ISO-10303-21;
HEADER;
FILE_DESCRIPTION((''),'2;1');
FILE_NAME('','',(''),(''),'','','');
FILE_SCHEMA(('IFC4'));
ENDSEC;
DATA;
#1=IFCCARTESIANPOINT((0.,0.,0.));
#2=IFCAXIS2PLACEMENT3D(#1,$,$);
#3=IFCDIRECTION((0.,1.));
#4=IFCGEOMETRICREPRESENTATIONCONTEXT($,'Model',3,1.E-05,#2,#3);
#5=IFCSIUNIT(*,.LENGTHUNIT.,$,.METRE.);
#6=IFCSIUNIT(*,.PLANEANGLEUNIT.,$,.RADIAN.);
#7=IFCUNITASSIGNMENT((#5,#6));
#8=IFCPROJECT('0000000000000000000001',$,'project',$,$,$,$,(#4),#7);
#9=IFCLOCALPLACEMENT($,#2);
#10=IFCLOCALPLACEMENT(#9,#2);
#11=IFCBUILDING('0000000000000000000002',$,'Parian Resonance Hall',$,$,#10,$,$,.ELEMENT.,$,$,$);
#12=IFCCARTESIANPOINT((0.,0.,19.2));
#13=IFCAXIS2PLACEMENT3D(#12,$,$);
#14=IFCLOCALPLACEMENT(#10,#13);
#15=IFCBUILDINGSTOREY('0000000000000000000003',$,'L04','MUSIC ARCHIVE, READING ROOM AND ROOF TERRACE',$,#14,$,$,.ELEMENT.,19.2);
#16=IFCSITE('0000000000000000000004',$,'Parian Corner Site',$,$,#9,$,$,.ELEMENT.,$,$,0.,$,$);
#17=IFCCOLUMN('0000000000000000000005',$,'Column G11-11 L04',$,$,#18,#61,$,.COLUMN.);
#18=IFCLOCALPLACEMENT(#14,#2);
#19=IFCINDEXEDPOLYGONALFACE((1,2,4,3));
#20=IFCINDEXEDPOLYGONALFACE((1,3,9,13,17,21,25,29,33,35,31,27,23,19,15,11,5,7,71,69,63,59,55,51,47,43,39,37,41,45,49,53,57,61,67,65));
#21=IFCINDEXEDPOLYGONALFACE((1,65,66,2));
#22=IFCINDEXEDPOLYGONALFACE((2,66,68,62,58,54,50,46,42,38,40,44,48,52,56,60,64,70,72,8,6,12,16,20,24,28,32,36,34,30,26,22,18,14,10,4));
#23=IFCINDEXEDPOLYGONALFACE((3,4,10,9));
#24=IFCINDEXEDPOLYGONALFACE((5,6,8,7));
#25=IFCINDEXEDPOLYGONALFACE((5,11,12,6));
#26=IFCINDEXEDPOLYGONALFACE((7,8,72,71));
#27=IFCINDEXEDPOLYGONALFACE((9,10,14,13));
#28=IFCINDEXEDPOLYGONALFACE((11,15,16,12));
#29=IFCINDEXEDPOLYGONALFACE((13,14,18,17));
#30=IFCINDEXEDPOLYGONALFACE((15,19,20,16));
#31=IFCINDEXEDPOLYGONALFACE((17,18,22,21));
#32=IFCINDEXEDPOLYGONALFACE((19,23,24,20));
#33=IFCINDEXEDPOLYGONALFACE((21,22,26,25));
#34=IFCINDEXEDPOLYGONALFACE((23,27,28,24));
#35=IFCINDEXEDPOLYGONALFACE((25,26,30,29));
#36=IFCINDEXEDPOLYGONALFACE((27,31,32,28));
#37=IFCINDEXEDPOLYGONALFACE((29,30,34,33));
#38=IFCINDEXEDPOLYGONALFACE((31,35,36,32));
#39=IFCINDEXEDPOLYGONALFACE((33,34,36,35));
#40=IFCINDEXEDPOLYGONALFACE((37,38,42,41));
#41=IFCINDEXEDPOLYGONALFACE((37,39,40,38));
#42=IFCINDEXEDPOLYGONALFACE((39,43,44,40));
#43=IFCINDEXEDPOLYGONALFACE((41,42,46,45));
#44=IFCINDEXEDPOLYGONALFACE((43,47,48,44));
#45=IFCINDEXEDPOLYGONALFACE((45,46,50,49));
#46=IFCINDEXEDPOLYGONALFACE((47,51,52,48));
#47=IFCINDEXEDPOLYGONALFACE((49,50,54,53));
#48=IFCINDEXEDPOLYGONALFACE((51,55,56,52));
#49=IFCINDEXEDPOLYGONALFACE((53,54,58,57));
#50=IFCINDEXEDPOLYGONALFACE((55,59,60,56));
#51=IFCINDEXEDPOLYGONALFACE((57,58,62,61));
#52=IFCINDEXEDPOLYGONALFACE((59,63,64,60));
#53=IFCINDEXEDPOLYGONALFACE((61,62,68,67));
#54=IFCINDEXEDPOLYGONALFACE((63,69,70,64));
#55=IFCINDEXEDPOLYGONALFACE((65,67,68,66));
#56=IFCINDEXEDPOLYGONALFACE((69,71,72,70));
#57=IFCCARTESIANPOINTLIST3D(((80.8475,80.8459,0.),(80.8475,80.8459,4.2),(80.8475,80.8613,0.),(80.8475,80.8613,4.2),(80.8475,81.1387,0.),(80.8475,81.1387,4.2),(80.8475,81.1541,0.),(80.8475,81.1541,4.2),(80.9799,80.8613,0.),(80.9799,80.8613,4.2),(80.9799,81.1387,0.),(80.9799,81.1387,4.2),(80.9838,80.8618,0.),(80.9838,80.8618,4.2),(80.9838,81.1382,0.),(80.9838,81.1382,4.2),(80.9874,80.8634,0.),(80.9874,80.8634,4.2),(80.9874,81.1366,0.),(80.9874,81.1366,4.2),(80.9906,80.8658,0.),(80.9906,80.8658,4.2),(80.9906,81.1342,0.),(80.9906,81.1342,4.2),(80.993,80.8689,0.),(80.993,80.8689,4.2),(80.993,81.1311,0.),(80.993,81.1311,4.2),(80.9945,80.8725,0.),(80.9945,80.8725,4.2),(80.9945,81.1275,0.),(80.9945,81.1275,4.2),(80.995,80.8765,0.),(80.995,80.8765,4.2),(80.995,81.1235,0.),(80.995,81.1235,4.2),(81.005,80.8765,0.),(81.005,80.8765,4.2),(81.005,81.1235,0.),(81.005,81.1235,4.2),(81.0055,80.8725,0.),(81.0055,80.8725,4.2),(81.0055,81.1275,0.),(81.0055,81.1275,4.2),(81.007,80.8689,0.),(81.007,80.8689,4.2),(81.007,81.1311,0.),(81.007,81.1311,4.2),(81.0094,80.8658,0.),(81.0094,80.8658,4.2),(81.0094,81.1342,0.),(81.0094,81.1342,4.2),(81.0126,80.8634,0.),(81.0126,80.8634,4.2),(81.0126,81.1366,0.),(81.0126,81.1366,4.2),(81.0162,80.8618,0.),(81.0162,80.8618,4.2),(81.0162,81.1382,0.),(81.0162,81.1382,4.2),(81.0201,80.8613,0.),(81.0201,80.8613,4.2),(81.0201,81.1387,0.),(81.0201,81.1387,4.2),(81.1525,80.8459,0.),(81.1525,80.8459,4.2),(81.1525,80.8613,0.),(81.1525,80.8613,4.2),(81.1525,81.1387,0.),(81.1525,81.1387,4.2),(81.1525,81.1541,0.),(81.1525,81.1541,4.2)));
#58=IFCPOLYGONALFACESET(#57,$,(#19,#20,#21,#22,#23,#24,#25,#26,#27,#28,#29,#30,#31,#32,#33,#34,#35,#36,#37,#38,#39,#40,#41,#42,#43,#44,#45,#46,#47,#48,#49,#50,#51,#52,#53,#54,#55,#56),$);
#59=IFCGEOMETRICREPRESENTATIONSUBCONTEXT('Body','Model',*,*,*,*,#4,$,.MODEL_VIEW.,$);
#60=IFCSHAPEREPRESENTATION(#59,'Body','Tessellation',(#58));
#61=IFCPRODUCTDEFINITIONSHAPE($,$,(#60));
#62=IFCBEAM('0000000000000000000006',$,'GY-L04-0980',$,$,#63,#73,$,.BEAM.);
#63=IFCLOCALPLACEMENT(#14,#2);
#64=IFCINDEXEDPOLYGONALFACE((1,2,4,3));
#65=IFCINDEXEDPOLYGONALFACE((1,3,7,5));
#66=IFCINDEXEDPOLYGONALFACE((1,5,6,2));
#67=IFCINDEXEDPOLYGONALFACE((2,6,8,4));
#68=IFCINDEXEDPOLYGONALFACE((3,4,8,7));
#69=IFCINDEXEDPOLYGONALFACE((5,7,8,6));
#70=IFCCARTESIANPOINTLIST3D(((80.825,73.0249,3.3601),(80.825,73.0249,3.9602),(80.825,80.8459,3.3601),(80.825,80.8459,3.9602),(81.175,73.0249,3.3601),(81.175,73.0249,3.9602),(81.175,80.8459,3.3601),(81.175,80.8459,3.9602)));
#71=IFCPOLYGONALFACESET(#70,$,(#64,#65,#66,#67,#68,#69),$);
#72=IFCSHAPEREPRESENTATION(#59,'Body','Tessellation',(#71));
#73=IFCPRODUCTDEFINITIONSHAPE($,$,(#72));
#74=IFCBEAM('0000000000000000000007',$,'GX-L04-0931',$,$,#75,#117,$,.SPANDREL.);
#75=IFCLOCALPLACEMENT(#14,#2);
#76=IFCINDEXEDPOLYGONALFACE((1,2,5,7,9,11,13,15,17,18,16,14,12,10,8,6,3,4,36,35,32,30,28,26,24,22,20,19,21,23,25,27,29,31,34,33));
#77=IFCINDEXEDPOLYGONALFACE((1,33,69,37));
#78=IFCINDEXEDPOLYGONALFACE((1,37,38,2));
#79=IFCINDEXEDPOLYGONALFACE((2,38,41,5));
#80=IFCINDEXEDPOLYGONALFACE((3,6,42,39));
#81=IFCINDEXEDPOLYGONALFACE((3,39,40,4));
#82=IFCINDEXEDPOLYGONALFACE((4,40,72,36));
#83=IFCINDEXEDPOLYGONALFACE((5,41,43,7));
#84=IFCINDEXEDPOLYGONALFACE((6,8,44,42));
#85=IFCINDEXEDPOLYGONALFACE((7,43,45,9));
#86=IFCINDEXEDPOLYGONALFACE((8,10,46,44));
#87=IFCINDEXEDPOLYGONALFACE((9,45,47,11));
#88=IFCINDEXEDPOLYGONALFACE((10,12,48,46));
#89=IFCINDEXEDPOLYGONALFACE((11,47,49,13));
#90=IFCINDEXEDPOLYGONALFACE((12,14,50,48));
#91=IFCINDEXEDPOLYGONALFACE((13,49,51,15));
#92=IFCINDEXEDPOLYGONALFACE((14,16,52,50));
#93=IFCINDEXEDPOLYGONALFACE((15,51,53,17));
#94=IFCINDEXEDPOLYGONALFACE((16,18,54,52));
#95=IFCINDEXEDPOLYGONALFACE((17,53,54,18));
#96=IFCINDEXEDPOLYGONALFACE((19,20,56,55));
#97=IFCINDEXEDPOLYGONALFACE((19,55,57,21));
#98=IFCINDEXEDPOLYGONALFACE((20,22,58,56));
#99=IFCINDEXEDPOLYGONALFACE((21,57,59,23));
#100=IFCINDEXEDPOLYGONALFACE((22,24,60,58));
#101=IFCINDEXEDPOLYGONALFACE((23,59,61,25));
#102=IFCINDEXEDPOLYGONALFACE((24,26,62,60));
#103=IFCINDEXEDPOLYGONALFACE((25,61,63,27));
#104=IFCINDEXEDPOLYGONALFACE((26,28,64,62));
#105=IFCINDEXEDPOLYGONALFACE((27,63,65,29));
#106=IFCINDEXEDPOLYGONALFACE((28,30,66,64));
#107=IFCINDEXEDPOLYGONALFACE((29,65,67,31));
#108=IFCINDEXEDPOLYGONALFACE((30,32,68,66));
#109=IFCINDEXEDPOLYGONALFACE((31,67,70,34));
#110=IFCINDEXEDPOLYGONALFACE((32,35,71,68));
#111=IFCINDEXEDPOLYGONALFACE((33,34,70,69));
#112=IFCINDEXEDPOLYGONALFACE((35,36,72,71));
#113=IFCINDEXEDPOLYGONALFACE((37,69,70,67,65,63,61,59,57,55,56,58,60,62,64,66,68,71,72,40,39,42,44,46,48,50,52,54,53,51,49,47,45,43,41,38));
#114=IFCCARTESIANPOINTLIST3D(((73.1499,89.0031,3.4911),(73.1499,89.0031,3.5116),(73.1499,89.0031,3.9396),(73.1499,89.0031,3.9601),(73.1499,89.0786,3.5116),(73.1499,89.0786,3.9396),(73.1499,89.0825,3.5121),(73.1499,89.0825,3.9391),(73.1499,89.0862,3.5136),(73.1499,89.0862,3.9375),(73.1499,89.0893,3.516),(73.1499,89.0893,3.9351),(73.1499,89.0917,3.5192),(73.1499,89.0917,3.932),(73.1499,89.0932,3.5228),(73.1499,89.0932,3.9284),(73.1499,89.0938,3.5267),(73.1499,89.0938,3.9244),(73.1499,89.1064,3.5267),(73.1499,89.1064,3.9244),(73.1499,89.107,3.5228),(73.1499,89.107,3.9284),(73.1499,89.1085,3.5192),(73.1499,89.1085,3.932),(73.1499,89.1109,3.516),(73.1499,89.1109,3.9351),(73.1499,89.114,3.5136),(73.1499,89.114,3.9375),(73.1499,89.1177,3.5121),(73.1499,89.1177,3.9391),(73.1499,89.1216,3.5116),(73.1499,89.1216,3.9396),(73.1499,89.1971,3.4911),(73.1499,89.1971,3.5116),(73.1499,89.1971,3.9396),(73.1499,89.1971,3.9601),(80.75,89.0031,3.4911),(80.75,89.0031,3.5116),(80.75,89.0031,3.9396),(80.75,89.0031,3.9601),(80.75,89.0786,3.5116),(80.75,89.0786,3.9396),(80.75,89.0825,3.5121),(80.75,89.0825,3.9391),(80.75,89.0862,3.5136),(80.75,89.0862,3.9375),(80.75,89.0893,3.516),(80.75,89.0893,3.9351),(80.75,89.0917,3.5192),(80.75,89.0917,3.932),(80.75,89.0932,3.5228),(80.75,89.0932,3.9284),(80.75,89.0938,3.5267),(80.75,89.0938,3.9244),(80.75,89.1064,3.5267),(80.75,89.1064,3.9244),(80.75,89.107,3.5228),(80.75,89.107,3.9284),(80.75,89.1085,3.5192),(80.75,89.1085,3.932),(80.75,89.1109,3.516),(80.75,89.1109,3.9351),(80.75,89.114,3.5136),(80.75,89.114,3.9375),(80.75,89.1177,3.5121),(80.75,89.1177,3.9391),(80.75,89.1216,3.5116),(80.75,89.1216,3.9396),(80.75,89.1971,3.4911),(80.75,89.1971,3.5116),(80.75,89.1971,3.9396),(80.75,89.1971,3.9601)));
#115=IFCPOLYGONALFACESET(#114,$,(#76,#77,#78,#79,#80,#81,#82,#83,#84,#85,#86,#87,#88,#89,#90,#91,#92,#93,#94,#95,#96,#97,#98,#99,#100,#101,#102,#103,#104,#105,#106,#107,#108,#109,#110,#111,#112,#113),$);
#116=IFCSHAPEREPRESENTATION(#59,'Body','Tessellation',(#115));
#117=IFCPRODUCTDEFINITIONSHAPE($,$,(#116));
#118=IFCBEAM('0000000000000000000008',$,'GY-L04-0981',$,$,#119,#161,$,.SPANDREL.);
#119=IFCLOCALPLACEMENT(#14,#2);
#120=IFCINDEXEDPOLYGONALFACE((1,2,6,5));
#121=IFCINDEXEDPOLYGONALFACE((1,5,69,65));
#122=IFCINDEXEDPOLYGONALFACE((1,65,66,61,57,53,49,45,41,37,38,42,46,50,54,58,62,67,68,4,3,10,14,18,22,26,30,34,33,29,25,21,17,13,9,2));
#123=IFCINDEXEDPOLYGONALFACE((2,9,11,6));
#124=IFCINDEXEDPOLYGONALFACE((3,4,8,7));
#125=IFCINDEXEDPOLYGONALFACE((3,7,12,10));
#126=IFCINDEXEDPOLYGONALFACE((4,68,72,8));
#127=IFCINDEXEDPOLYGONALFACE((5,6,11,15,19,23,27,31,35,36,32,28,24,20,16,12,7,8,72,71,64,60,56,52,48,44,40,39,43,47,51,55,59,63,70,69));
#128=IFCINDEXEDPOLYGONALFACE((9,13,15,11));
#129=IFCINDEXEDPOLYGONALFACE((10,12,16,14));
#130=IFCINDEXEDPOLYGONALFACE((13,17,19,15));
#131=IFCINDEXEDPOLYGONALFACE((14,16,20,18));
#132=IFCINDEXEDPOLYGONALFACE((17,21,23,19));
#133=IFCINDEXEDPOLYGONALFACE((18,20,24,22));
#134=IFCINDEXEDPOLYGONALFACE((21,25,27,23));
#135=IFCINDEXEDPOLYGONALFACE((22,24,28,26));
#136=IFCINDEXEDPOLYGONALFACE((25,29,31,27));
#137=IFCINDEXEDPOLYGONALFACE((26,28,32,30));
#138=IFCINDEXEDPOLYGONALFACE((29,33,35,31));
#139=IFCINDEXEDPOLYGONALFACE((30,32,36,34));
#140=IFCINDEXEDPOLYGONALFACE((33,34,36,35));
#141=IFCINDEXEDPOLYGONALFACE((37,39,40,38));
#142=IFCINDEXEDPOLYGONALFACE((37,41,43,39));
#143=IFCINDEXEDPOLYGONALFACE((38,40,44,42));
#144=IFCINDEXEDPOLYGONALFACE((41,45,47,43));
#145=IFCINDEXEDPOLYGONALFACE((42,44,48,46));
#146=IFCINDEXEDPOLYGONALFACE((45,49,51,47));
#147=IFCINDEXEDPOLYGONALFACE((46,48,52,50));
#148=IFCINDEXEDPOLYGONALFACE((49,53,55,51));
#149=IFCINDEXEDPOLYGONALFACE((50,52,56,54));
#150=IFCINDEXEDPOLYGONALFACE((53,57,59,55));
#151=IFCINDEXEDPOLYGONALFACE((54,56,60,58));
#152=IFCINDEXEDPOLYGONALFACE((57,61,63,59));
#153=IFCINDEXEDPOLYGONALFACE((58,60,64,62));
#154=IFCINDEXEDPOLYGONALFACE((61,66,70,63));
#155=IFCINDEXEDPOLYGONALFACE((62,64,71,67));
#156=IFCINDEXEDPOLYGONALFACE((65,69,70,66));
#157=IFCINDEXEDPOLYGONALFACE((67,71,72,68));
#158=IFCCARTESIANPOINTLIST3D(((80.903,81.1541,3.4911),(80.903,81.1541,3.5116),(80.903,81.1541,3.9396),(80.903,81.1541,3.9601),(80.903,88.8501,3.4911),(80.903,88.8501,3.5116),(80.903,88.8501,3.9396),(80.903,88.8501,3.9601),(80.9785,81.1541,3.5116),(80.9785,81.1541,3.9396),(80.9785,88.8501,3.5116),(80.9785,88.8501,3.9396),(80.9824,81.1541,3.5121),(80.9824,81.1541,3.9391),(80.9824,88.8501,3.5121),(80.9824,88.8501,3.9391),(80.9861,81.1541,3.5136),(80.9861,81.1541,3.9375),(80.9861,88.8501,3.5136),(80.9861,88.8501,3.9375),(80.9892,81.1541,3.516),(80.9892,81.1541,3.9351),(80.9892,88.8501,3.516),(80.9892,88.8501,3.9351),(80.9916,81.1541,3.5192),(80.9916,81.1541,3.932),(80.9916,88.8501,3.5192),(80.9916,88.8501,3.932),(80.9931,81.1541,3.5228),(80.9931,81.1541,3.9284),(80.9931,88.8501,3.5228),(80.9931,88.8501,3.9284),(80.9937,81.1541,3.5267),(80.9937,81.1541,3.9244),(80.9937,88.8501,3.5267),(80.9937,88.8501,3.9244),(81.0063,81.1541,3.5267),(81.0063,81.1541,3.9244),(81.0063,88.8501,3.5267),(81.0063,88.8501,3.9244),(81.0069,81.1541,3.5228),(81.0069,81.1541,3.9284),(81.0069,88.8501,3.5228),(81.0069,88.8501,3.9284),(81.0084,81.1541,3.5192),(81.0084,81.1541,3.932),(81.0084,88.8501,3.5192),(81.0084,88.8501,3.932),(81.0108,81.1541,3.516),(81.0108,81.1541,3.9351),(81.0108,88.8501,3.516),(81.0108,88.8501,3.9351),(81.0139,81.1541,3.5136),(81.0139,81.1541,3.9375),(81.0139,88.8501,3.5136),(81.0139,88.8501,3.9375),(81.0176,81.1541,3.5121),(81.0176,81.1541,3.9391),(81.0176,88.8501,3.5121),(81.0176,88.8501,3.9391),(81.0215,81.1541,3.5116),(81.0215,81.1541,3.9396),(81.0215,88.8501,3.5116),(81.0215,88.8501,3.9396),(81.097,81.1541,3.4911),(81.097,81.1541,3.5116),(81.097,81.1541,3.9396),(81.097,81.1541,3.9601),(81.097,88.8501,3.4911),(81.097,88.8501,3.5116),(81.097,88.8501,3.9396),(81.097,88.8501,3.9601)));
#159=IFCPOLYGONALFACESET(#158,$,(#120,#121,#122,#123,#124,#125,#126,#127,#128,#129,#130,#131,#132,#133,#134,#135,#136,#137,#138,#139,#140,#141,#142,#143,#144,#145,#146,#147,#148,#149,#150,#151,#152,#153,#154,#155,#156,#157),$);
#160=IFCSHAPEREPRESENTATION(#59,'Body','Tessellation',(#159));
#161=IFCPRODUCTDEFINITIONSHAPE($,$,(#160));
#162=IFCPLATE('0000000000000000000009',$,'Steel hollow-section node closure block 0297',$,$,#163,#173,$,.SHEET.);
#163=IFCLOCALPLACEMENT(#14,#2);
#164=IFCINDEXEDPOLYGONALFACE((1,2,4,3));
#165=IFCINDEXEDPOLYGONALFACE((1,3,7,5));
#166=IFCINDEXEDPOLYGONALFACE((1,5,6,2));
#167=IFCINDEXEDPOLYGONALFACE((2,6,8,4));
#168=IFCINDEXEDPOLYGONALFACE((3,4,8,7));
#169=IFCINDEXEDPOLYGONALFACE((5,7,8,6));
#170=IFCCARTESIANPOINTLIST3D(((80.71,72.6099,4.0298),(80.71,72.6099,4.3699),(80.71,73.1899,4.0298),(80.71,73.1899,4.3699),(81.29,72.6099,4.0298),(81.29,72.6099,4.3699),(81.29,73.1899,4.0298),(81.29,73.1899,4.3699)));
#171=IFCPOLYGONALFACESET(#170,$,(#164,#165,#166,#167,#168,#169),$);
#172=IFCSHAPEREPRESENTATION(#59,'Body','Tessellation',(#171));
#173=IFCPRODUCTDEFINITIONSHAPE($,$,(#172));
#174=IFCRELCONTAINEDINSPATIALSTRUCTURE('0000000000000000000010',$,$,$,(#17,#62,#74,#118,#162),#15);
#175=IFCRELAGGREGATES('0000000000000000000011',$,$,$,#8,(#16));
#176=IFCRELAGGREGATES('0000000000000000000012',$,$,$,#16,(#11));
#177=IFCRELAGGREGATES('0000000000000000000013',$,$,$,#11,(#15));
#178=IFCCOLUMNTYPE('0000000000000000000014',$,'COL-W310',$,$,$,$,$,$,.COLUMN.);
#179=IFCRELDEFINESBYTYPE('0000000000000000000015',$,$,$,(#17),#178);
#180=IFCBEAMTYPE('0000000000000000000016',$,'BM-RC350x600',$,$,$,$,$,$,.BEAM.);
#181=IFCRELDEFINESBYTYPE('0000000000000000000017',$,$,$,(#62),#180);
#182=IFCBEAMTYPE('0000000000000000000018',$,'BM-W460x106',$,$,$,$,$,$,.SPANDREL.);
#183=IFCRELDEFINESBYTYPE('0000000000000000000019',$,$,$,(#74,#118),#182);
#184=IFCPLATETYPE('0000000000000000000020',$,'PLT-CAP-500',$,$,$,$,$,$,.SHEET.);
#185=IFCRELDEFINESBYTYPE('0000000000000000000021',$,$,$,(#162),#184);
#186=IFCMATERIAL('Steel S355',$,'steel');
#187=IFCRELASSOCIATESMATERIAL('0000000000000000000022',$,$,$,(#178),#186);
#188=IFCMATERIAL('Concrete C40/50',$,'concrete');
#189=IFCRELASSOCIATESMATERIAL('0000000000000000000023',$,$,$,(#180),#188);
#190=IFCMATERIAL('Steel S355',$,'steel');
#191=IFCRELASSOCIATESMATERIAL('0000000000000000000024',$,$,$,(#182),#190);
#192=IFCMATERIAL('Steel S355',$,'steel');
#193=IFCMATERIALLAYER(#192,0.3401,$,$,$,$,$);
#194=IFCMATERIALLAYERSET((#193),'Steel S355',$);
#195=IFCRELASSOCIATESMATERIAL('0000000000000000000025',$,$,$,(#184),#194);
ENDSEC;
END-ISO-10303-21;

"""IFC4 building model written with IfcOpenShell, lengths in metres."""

from ifc_helpers import new_model, si_unit, direction, frame, origin, origin_2d, place, context, subcontext, project, spatial, rectangle, i_section, extrude, material, layer, layer_set, material_profile, profile_set, type_object, element, save


model = new_model("IFC4")

# Units and contexts
model_context = context("Model", 3, precision=1e-05, world=origin(), true_north=direction((0.0, 1.0)))
body_context = subcontext(model_context, "Body", "Model", "MODEL_VIEW")
ifc_project = project(units=[si_unit("LENGTHUNIT", "METRE"), si_unit("PLANEANGLEUNIT", "RADIAN")], contexts=[model_context])

# Site, building, storey
site_placement = place(None, origin())
site = spatial("IfcSite", under=ifc_project, at=site_placement, Name="Parian Corner Site", CompositionType="ELEMENT", RefElevation=0.0)
building_placement = place(site_placement, origin())
building = spatial("IfcBuilding", under=site, at=building_placement, Name="Parian Resonance Hall", CompositionType="ELEMENT")
storey_placement = place(building_placement, frame((0.0, 0.0, 19.2)))
storey = spatial("IfcBuildingStorey", under=building, at=storey_placement, Name="L04", Description="MUSIC ARCHIVE, READING ROOM AND ROOF TERRACE", CompositionType="ELEMENT", Elevation=19.2)

# Column
ifc_material_1 = material(Name="Steel S355", Category="steel")
ifc_material_profile_1 = material_profile(ifc_material_1, i_section(OverallWidth=0.3049, OverallDepth=0.3081, WebThickness=0.01, FlangeThickness=0.0154, FilletRadius=0.0151, at=origin_2d()), Name="W310x97")
ifc_profile_set_1 = profile_set([ifc_material_profile_1], Name="Steel S355")
column_type = type_object("IfcColumnType", Name="COL-W310", PredefinedType="COLUMN", material=ifc_profile_set_1)
column_placement = place(storey_placement, frame((81.0, 81.0, 0.0), z_axis=(0.0, 0.0, 1.0), x_axis=(1.0, 0.0, 0.0)))
element("IfcColumn", 1, at=column_placement, inside=storey, type_object=column_type, Name="Column G11-11 L04", PredefinedType="COLUMN", context=body_context, shape_type="SweptSolid", body=[
    extrude(i_section(OverallWidth=0.3049, OverallDepth=0.3081, WebThickness=0.01, FlangeThickness=0.0154, FilletRadius=0.0151, at=origin_2d()), origin(), (0.0, 0.0, 1.0), 4.2),
])

# Beams
ifc_material_2 = material(Name="Concrete C40/50", Category="concrete")
ifc_material_profile_2 = material_profile(ifc_material_2, rectangle(XDim=0.3501, YDim=0.6001, at=origin_2d()), Name="RC-BM-350x600")
ifc_profile_set_2 = profile_set([ifc_material_profile_2], Name="Concrete C40/50")
beam_type_1 = type_object("IfcBeamType", Name="BM-RC350x600", PredefinedType="BEAM", material=ifc_profile_set_2)
beam_1_placement = place(storey_placement, frame((81.0, 73.0249, 3.6602), z_axis=(0.0, 1.0, 0.0), x_axis=(-1.0, 0.0, 0.0)))
element("IfcBeam", 2, at=beam_1_placement, inside=storey, type_object=beam_type_1, Name="GY-L04-0980", PredefinedType="BEAM", context=body_context, shape_type="SweptSolid", body=[
    extrude(rectangle(XDim=0.3501, YDim=0.6001, at=origin_2d()), origin(), (0.0, 0.0, 1.0), 7.821),
])
ifc_material_3 = material(Name="Steel S355", Category="steel")
ifc_material_profile_3 = material_profile(ifc_material_3, i_section(OverallWidth=0.1941, OverallDepth=0.469, WebThickness=0.0127, FlangeThickness=0.0205, FilletRadius=0.0151, at=origin_2d()), Name="W460x106")
ifc_profile_set_3 = profile_set([ifc_material_profile_3], Name="Steel S355")
beam_type_2 = type_object("IfcBeamType", Name="BM-W460x106", PredefinedType="SPANDREL", material=ifc_profile_set_3)
beam_2_placement = place(storey_placement, frame((73.1499, 89.1001, 3.7256), z_axis=(1.0, 0.0, 0.0), x_axis=(0.0, 1.0, 0.0)))
element("IfcBeam", 3, at=beam_2_placement, inside=storey, type_object=beam_type_2, Name="GX-L04-0931", PredefinedType="SPANDREL", context=body_context, shape_type="SweptSolid", body=[
    extrude(i_section(OverallWidth=0.1941, OverallDepth=0.469, WebThickness=0.0127, FlangeThickness=0.0205, FilletRadius=0.0151, at=origin_2d()), origin(), (0.0, 0.0, 1.0), 7.6001),
])
beam_3_placement = place(storey_placement, frame((81.0, 81.1541, 3.7256), z_axis=(0.0, 1.0, 0.0), x_axis=(-1.0, 0.0, 0.0)))
element("IfcBeam", 4, at=beam_3_placement, inside=storey, type_object=beam_type_2, Name="GY-L04-0981", PredefinedType="SPANDREL", context=body_context, shape_type="SweptSolid", body=[
    extrude(i_section(OverallWidth=0.1941, OverallDepth=0.469, WebThickness=0.0127, FlangeThickness=0.0205, FilletRadius=0.0151, at=origin_2d()), origin(), (0.0, 0.0, 1.0), 7.696),
])

# Plate
ifc_material_4 = material(Name="Steel S355", Category="steel")
ifc_layer_1 = layer(ifc_material_4, 0.3401)
ifc_layer_set_1 = layer_set([ifc_layer_1], Name="Steel S355")
plate_type = type_object("IfcPlateType", Name="PLT-CAP-500", PredefinedType="SHEET", material=ifc_layer_set_1)
plate_placement = place(storey_placement, frame((81.0, 72.8999, 4.0298), z_axis=(0.0, 0.0, 1.0), x_axis=(1.0, 0.0, 0.0)))
element("IfcPlate", 5, at=plate_placement, inside=storey, type_object=plate_type, Name="Steel hollow-section node closure block 0297", PredefinedType="SHEET", context=body_context, shape_type="SweptSolid", body=[
    extrude(rectangle(XDim=0.5801, YDim=0.5801, at=origin_2d()), origin(), (0.0, 0.0, 1.0), 0.3401),
])

save(model, "model.ifc")
